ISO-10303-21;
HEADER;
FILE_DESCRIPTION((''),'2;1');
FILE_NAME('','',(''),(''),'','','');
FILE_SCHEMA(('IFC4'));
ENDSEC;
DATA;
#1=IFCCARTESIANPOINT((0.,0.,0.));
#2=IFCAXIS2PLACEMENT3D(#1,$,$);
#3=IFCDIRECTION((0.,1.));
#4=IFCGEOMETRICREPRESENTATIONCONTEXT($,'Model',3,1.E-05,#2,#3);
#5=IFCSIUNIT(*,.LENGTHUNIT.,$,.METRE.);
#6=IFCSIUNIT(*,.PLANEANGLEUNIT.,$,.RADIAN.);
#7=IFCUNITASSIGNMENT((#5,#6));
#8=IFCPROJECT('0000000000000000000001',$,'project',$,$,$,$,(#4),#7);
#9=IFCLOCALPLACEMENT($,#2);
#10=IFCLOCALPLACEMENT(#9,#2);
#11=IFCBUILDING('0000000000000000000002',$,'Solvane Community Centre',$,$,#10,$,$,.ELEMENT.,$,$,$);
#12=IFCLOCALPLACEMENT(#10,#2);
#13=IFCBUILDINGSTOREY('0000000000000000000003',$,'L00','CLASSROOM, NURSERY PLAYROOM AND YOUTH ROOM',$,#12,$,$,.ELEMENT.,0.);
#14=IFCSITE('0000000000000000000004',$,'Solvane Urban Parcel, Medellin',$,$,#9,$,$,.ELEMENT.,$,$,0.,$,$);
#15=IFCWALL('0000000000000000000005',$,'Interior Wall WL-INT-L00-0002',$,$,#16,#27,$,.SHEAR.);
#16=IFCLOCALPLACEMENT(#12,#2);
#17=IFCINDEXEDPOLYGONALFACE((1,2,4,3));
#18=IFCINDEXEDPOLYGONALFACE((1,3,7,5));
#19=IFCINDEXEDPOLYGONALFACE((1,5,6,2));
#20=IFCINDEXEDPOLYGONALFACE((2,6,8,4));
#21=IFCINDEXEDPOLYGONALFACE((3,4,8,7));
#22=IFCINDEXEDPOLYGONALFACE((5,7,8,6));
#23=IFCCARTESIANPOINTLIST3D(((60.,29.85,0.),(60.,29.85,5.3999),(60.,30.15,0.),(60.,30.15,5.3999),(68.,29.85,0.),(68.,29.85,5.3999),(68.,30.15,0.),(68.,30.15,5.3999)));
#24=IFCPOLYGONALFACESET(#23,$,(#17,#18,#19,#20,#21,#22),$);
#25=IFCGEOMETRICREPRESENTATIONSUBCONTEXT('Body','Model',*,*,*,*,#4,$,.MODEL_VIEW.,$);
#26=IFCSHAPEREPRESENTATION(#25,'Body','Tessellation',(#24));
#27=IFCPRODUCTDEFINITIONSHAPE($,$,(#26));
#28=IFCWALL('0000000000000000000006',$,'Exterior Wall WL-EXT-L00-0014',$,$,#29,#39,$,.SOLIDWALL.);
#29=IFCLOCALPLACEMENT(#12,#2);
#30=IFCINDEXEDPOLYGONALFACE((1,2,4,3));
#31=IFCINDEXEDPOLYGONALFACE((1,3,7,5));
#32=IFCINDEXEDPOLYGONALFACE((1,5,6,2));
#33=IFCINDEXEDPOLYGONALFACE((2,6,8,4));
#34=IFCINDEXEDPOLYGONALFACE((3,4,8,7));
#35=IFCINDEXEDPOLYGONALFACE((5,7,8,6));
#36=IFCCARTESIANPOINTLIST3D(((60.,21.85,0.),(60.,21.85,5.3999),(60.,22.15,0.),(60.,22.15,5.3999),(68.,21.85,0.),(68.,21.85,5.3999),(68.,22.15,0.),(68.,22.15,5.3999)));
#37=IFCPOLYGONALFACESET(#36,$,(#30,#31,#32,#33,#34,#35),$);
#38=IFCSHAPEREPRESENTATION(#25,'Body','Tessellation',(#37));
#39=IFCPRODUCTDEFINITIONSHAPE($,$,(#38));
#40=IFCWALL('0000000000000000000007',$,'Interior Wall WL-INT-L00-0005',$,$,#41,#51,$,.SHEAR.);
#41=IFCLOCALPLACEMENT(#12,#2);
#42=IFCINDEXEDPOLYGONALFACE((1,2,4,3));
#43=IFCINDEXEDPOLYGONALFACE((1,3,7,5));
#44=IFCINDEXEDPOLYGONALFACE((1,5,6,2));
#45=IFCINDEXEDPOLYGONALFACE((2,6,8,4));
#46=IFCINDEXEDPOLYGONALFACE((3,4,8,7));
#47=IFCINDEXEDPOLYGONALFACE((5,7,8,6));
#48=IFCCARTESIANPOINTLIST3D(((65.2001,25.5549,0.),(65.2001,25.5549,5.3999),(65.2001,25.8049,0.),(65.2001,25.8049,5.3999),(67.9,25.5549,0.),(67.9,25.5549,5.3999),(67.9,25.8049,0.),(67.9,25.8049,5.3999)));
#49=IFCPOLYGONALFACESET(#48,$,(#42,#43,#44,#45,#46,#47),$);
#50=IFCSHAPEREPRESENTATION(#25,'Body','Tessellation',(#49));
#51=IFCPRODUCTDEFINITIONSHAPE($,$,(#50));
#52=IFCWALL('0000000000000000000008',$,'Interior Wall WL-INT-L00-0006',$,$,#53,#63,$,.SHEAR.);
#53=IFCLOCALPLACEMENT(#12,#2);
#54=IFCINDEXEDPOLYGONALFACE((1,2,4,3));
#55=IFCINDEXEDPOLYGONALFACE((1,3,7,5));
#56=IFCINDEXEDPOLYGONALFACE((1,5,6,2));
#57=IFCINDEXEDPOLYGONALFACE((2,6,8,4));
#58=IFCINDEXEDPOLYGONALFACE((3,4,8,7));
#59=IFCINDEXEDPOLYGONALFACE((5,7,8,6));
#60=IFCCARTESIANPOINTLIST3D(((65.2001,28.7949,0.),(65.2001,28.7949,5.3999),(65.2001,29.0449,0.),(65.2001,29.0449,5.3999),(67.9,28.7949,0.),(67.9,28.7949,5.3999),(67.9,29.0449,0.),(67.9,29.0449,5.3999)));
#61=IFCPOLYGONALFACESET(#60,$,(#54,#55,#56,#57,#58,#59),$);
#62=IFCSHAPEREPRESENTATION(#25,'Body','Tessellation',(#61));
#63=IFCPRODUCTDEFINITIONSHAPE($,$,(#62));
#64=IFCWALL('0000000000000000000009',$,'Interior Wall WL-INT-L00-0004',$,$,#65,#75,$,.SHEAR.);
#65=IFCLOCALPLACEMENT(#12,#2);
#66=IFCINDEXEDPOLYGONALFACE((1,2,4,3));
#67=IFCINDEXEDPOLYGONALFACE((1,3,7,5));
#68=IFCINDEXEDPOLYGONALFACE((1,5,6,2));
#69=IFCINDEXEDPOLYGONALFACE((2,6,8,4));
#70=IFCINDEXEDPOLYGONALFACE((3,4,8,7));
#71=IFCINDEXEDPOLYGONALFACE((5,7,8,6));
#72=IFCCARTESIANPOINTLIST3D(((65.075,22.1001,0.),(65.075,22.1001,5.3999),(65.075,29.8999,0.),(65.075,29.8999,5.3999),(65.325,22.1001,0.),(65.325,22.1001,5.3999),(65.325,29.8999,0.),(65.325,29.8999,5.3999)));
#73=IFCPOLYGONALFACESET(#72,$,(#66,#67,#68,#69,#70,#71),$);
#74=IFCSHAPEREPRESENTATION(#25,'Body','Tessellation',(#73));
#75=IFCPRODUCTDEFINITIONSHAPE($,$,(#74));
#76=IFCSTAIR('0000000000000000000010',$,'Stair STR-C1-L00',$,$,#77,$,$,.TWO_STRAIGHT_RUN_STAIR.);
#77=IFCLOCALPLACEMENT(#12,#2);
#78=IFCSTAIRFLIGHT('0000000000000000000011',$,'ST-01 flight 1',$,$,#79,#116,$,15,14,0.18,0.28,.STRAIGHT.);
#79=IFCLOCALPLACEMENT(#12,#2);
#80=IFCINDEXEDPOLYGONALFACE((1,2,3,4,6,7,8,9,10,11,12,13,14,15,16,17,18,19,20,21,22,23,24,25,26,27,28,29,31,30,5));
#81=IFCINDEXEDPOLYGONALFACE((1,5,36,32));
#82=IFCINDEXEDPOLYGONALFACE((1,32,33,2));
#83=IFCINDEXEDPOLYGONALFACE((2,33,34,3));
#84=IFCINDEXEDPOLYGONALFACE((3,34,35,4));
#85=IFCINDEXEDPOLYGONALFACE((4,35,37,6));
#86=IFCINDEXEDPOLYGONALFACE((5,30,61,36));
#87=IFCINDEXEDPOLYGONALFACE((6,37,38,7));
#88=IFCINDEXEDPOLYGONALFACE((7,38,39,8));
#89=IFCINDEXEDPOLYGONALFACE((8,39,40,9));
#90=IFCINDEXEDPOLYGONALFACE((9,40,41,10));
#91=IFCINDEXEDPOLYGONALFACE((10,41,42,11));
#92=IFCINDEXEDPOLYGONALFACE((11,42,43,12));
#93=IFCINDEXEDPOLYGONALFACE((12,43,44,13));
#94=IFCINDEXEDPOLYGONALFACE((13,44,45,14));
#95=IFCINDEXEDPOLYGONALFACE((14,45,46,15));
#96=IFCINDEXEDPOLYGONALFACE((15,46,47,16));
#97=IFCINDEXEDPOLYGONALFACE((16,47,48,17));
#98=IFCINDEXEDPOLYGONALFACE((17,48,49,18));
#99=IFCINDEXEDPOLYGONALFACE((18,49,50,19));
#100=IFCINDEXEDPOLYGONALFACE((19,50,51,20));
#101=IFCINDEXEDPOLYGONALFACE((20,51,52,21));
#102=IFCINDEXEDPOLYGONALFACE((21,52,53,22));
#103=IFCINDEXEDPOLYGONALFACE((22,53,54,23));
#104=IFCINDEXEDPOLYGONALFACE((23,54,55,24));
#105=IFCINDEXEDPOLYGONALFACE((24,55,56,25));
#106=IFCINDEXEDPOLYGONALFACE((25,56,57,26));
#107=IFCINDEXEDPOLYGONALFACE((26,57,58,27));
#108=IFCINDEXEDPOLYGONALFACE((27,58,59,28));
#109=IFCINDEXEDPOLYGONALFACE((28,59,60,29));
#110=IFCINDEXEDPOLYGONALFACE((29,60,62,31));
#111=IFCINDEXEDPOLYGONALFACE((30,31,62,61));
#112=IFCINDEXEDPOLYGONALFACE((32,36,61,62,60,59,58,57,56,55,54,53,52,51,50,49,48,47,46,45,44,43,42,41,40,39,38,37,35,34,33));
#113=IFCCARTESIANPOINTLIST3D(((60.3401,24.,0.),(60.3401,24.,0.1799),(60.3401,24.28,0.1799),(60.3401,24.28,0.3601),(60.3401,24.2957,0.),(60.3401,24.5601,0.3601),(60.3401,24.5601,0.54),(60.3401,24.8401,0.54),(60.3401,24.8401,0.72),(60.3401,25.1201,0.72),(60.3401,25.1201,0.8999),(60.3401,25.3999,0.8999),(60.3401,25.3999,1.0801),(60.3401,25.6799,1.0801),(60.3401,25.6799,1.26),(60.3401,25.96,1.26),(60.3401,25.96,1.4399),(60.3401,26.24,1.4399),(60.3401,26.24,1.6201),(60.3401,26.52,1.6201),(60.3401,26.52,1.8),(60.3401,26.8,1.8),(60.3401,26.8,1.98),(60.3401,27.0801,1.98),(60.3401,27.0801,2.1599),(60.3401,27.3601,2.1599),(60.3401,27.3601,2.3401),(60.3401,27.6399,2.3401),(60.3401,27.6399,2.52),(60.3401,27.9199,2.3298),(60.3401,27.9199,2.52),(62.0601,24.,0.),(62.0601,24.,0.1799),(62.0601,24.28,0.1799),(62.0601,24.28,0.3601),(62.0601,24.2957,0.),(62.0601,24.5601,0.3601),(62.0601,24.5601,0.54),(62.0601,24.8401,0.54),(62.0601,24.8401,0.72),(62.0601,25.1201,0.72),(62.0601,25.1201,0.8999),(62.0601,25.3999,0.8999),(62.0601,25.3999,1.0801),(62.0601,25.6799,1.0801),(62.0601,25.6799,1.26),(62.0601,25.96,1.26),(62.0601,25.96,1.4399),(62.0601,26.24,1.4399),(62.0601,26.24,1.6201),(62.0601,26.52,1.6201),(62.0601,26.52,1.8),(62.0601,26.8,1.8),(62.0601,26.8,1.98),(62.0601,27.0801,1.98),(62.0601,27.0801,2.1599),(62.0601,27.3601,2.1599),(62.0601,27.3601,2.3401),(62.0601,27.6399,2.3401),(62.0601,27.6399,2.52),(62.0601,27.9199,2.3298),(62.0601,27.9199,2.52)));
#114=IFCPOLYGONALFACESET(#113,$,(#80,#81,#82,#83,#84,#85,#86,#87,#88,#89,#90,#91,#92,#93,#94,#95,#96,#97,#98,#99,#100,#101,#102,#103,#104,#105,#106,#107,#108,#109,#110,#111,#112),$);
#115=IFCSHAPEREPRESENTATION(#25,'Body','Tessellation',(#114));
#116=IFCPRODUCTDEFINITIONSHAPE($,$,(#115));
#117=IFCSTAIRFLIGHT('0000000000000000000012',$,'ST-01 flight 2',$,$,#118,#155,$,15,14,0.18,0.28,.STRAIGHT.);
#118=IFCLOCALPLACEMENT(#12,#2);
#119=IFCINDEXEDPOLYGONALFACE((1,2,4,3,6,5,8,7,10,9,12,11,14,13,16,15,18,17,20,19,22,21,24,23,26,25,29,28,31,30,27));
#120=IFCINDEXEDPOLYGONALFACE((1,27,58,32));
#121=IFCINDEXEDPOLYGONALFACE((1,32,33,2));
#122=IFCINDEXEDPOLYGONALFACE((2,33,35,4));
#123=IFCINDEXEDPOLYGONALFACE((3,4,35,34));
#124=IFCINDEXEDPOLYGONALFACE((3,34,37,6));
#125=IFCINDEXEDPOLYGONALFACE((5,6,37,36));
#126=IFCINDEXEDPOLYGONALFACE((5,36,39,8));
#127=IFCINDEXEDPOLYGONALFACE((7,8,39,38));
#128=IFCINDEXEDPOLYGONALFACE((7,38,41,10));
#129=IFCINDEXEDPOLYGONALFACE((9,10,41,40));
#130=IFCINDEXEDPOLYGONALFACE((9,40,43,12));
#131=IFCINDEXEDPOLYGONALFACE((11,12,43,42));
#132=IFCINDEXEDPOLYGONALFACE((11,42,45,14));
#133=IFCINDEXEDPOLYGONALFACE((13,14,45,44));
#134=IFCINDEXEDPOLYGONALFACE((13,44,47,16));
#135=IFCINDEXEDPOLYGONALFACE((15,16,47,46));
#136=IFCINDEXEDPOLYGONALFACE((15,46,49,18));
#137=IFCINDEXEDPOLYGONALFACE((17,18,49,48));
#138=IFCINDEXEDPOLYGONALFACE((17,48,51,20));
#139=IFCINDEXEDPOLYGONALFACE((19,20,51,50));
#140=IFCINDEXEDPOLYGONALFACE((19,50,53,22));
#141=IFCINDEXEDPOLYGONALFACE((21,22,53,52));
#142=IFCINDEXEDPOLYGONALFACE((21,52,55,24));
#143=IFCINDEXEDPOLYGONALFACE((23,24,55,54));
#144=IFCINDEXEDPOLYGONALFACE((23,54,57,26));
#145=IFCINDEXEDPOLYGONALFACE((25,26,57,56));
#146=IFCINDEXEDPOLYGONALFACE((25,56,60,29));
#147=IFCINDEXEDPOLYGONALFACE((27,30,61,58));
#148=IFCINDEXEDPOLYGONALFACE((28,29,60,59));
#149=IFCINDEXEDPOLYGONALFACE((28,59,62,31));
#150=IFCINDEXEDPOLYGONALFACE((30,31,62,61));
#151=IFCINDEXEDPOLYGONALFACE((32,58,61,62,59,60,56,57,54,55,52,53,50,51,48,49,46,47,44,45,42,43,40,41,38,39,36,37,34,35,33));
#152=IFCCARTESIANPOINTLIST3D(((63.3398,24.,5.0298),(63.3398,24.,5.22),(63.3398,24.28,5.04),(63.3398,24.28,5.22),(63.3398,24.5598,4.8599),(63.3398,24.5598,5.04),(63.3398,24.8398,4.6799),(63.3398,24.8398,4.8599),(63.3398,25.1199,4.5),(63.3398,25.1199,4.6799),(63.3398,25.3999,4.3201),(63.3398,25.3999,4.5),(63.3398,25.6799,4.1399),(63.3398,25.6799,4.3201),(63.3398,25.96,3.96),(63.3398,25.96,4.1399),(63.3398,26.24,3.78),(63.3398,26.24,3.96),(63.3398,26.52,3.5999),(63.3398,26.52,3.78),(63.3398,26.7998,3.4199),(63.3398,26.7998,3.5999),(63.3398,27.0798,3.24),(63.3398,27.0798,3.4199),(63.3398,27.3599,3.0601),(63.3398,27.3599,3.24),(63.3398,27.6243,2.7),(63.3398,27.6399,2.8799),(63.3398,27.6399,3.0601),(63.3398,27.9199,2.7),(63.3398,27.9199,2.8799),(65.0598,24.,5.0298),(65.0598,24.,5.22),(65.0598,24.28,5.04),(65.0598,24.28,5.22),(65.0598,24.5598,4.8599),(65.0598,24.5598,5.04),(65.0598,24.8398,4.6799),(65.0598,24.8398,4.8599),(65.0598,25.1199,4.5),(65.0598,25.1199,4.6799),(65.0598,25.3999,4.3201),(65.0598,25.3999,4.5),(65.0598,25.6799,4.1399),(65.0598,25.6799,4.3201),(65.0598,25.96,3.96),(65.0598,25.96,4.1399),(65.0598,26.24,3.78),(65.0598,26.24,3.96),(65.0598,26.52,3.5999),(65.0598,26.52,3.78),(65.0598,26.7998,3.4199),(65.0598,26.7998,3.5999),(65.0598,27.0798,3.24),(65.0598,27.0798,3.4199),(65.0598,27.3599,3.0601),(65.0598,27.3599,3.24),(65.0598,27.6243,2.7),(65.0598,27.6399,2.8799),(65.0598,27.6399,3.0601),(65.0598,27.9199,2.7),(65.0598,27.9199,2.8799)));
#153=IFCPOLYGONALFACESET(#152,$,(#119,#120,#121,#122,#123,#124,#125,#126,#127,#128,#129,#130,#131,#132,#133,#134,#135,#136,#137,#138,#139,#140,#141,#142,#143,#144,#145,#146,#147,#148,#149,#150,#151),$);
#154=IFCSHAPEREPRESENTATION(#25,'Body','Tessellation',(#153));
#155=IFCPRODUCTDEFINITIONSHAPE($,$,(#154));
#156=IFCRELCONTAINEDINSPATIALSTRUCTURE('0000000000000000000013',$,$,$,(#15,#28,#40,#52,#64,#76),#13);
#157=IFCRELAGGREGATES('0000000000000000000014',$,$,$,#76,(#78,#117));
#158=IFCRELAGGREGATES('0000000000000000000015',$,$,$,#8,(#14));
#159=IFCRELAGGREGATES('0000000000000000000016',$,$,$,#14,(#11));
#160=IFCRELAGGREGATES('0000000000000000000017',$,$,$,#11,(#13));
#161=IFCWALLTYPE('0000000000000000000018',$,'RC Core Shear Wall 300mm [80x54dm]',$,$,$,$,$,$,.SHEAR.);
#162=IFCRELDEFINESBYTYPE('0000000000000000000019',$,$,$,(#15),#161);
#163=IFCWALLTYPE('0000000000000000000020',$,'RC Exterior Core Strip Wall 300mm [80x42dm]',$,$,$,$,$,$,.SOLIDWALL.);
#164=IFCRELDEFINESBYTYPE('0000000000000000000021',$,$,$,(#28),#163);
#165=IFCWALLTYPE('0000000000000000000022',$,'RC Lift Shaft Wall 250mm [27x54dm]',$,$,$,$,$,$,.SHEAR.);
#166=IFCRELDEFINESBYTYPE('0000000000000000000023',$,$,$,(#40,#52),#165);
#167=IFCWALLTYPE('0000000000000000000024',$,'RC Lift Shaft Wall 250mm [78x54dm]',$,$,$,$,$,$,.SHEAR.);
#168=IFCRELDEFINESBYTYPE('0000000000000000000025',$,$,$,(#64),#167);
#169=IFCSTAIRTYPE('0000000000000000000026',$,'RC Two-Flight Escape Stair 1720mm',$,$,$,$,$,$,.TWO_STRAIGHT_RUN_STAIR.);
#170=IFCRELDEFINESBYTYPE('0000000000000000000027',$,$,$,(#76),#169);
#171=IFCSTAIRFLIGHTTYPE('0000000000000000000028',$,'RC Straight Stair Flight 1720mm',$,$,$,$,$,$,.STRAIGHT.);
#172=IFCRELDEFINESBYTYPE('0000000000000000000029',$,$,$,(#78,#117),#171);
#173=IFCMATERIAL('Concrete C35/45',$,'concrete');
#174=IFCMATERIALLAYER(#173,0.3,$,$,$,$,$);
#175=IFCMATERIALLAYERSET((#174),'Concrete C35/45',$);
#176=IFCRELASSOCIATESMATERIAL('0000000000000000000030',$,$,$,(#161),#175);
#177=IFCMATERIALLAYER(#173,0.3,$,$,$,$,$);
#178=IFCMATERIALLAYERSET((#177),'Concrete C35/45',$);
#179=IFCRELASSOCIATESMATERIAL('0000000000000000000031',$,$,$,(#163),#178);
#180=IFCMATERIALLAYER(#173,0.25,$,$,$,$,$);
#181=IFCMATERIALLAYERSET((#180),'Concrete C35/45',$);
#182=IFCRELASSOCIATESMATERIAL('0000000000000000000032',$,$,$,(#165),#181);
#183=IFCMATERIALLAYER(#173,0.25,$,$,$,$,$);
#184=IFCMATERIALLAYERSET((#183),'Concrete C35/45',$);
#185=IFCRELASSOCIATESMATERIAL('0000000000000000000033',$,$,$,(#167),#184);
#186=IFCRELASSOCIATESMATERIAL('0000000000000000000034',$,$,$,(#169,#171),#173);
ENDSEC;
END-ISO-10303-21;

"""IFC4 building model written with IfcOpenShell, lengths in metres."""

from ifc_helpers import new_model, si_unit, direction, frame, frame_2d, origin, place, context, subcontext, project, spatial, polyline, rectangle, outline, extrude, material, layer, layer_set, type_object, element, aggregate, save


model = new_model("IFC4")

# Units and contexts
model_context = context("Model", 3, precision=1e-05, world=origin(), true_north=direction((0.0, 1.0)))
body_context = subcontext(model_context, "Body", "Model", "MODEL_VIEW")
ifc_project = project(units=[si_unit("LENGTHUNIT", "METRE"), si_unit("PLANEANGLEUNIT", "RADIAN")], contexts=[model_context])

# Site, building, storey
site_placement = place(None, origin())
site = spatial("IfcSite", under=ifc_project, at=site_placement, Name="Solvane Urban Parcel, Medellin", CompositionType="ELEMENT", RefElevation=0.0)
building_placement = place(site_placement, origin())
building = spatial("IfcBuilding", under=site, at=building_placement, Name="Solvane Community Centre", CompositionType="ELEMENT")
storey_placement = place(building_placement, origin())
storey = spatial("IfcBuildingStorey", under=building, at=storey_placement, Name="L00", Description="CLASSROOM, NURSERY PLAYROOM AND YOUTH ROOM", CompositionType="ELEMENT", Elevation=0.0)

# Shared definitions
ifc_material_1 = material(Name="Concrete C35/45", Category="concrete")

# Walls
ifc_layer_1 = layer(ifc_material_1, 0.3)
ifc_layer_set_1 = layer_set([ifc_layer_1], Name="Concrete C35/45")
wall_type_1 = type_object("IfcWallType", Name="RC Core Shear Wall 300mm [80x54dm]", PredefinedType="SHEAR", material=ifc_layer_set_1)
wall_1_placement = place(storey_placement, frame((60.0, 30.0, 0.0), z_axis=(0.0, 0.0, 1.0), x_axis=(1.0, 0.0, 0.0)))
element("IfcWall", 1, at=wall_1_placement, inside=storey, type_object=wall_type_1, Name="Interior Wall WL-INT-L00-0002", PredefinedType="SHEAR", context=body_context, shape_type="SweptSolid", body=[
    extrude(rectangle(XDim=8.0, YDim=0.3, at=frame_2d((4.0, 0.0))), origin(), (0.0, 0.0, 1.0), 5.3999),
])
ifc_layer_2 = layer(ifc_material_1, 0.3)
ifc_layer_set_2 = layer_set([ifc_layer_2], Name="Concrete C35/45")
wall_type_2 = type_object("IfcWallType", Name="RC Exterior Core Strip Wall 300mm [80x42dm]", PredefinedType="SOLIDWALL", material=ifc_layer_set_2)
wall_2_placement = place(storey_placement, frame((68.0, 22.0, 0.0), z_axis=(0.0, 0.0, 1.0), x_axis=(-1.0, 0.0, 0.0)))
element("IfcWall", 2, at=wall_2_placement, inside=storey, type_object=wall_type_2, Name="Exterior Wall WL-EXT-L00-0014", PredefinedType="SOLIDWALL", context=body_context, shape_type="SweptSolid", body=[
    extrude(rectangle(XDim=8.0, YDim=0.3, at=frame_2d((4.0, 0.0))), origin(), (0.0, 0.0, 1.0), 5.3999),
])
ifc_layer_3 = layer(ifc_material_1, 0.25)
ifc_layer_set_3 = layer_set([ifc_layer_3], Name="Concrete C35/45")
wall_type_3 = type_object("IfcWallType", Name="RC Lift Shaft Wall 250mm [27x54dm]", PredefinedType="SHEAR", material=ifc_layer_set_3)
for number, where, z_axis, x_axis, name in (
    (3, (65.2, 25.6799, 0.0), (0.0, 0.0, 1.0), (1.0, 0.0, 0.0), "Interior Wall WL-INT-L00-0005"),
    (4, (65.2, 28.9199, 0.0), (0.0, 0.0, 1.0), (1.0, 0.0, 0.0), "Interior Wall WL-INT-L00-0006"),
):
    element("IfcWall", number, at=place(storey_placement, frame(where, z_axis=z_axis, x_axis=x_axis)), inside=storey, type_object=wall_type_3, Name=name, PredefinedType="SHEAR", context=body_context, shape_type="SweptSolid", body=[
        extrude(rectangle(XDim=2.7, YDim=0.25, at=frame_2d((1.3501, 0.0))), origin(), (0.0, 0.0, 1.0), 5.3999),
    ])
ifc_layer_4 = layer(ifc_material_1, 0.25)
ifc_layer_set_4 = layer_set([ifc_layer_4], Name="Concrete C35/45")
wall_type_4 = type_object("IfcWallType", Name="RC Lift Shaft Wall 250mm [78x54dm]", PredefinedType="SHEAR", material=ifc_layer_set_4)
wall_3_placement = place(storey_placement, frame((65.2, 22.1001, 0.0), z_axis=(0.0, 0.0, 1.0), x_axis=(0.0, 1.0, 0.0)))
element("IfcWall", 5, at=wall_3_placement, inside=storey, type_object=wall_type_4, Name="Interior Wall WL-INT-L00-0004", PredefinedType="SHEAR", context=body_context, shape_type="SweptSolid", body=[
    extrude(rectangle(XDim=7.7998, YDim=0.25, at=frame_2d((3.8999, 0.0))), origin(), (0.0, 0.0, 1.0), 5.3999),
])

# Stair, stair flights
stair_type = type_object("IfcStairType", Name="RC Two-Flight Escape Stair 1720mm", PredefinedType="TWO_STRAIGHT_RUN_STAIR", material=ifc_material_1)
stair_placement = place(storey_placement, origin())
stair = element("IfcStair", 6, at=stair_placement, inside=storey, type_object=stair_type, Name="Stair STR-C1-L00", PredefinedType="TWO_STRAIGHT_RUN_STAIR")
stair_flight_type = type_object("IfcStairFlightType", Name="RC Straight Stair Flight 1720mm", PredefinedType="STRAIGHT", material=ifc_material_1)
stair_flight_1_placement = place(storey_placement, frame((61.2, 24.0, 0.0), z_axis=(0.0, 0.0, 1.0), x_axis=(0.0, 1.0, 0.0)))
stair_flight_1 = element("IfcStairFlight", 7, at=stair_flight_1_placement, type_object=stair_flight_type, Name="ST-01 flight 1", NumberOfRisers=15, NumberOfTreads=14, PredefinedType="STRAIGHT", RiserHeight=0.18, TreadLength=0.28, context=body_context, shape_type="SweptSolid", body=[
    extrude(outline(polyline([(0.0, 0.0), (0.0, 0.1799), (0.28, 0.1799), (0.28, 0.3601), (0.5601, 0.3601), (0.5601, 0.54), (0.8401, 0.54), (0.8401, 0.72), (1.1201, 0.72), (1.1201, 0.8999), (1.3999, 0.8999), (1.3999, 1.0801), (1.6799, 1.0801), (1.6799, 1.26), (1.96, 1.26), (1.96, 1.4399), (2.24, 1.4399), (2.24, 1.6201), (2.52, 1.6201), (2.52, 1.8), (2.8, 1.8), (2.8, 1.98), (3.0801, 1.98), (3.0801, 2.1599), (3.3601, 2.1599), (3.3601, 2.3401), (3.6399, 2.3401), (3.6399, 2.52), (3.9199, 2.52), (3.9199, 2.7), (3.9199, 2.3298), (0.2957, 0.0), (0.0, 0.0)])), frame((0.0, 0.8599, 0.0), z_axis=(0.0, -1.0, 0.0), x_axis=(1.0, 0.0, 0.0)), (0.0, 0.0, 1.0), 1.72),
])
stair_flight_2_placement = place(storey_placement, frame((64.2, 27.9199, 2.7), z_axis=(0.0, 0.0, 1.0), x_axis=(0.0, -1.0, 0.0)))
stair_flight_2 = element("IfcStairFlight", 8, at=stair_flight_2_placement, type_object=stair_flight_type, Name="ST-01 flight 2", NumberOfRisers=15, NumberOfTreads=14, PredefinedType="STRAIGHT", RiserHeight=0.18, TreadLength=0.28, context=body_context, shape_type="SweptSolid", body=[
    extrude(outline(polyline([(0.0, 0.0), (0.0, 0.1799), (0.28, 0.1799), (0.28, 0.3601), (0.5601, 0.3601), (0.5601, 0.54), (0.8401, 0.54), (0.8401, 0.72), (1.1201, 0.72), (1.1201, 0.8999), (1.3999, 0.8999), (1.3999, 1.0801), (1.6799, 1.0801), (1.6799, 1.26), (1.96, 1.26), (1.96, 1.4399), (2.24, 1.4399), (2.24, 1.6201), (2.52, 1.6201), (2.52, 1.8), (2.8, 1.8), (2.8, 1.98), (3.0801, 1.98), (3.0801, 2.1599), (3.3601, 2.1599), (3.3601, 2.3401), (3.6399, 2.3401), (3.6399, 2.52), (3.9199, 2.52), (3.9199, 2.7), (3.9199, 2.3298), (0.2957, 0.0), (0.0, 0.0)])), frame((0.0, 0.8599, 0.0), z_axis=(0.0, -1.0, 0.0), x_axis=(1.0, 0.0, 0.0)), (0.0, 0.0, 1.0), 1.72),
])
aggregate(stair, [stair_flight_1, stair_flight_2])

save(model, "model.ifc")
